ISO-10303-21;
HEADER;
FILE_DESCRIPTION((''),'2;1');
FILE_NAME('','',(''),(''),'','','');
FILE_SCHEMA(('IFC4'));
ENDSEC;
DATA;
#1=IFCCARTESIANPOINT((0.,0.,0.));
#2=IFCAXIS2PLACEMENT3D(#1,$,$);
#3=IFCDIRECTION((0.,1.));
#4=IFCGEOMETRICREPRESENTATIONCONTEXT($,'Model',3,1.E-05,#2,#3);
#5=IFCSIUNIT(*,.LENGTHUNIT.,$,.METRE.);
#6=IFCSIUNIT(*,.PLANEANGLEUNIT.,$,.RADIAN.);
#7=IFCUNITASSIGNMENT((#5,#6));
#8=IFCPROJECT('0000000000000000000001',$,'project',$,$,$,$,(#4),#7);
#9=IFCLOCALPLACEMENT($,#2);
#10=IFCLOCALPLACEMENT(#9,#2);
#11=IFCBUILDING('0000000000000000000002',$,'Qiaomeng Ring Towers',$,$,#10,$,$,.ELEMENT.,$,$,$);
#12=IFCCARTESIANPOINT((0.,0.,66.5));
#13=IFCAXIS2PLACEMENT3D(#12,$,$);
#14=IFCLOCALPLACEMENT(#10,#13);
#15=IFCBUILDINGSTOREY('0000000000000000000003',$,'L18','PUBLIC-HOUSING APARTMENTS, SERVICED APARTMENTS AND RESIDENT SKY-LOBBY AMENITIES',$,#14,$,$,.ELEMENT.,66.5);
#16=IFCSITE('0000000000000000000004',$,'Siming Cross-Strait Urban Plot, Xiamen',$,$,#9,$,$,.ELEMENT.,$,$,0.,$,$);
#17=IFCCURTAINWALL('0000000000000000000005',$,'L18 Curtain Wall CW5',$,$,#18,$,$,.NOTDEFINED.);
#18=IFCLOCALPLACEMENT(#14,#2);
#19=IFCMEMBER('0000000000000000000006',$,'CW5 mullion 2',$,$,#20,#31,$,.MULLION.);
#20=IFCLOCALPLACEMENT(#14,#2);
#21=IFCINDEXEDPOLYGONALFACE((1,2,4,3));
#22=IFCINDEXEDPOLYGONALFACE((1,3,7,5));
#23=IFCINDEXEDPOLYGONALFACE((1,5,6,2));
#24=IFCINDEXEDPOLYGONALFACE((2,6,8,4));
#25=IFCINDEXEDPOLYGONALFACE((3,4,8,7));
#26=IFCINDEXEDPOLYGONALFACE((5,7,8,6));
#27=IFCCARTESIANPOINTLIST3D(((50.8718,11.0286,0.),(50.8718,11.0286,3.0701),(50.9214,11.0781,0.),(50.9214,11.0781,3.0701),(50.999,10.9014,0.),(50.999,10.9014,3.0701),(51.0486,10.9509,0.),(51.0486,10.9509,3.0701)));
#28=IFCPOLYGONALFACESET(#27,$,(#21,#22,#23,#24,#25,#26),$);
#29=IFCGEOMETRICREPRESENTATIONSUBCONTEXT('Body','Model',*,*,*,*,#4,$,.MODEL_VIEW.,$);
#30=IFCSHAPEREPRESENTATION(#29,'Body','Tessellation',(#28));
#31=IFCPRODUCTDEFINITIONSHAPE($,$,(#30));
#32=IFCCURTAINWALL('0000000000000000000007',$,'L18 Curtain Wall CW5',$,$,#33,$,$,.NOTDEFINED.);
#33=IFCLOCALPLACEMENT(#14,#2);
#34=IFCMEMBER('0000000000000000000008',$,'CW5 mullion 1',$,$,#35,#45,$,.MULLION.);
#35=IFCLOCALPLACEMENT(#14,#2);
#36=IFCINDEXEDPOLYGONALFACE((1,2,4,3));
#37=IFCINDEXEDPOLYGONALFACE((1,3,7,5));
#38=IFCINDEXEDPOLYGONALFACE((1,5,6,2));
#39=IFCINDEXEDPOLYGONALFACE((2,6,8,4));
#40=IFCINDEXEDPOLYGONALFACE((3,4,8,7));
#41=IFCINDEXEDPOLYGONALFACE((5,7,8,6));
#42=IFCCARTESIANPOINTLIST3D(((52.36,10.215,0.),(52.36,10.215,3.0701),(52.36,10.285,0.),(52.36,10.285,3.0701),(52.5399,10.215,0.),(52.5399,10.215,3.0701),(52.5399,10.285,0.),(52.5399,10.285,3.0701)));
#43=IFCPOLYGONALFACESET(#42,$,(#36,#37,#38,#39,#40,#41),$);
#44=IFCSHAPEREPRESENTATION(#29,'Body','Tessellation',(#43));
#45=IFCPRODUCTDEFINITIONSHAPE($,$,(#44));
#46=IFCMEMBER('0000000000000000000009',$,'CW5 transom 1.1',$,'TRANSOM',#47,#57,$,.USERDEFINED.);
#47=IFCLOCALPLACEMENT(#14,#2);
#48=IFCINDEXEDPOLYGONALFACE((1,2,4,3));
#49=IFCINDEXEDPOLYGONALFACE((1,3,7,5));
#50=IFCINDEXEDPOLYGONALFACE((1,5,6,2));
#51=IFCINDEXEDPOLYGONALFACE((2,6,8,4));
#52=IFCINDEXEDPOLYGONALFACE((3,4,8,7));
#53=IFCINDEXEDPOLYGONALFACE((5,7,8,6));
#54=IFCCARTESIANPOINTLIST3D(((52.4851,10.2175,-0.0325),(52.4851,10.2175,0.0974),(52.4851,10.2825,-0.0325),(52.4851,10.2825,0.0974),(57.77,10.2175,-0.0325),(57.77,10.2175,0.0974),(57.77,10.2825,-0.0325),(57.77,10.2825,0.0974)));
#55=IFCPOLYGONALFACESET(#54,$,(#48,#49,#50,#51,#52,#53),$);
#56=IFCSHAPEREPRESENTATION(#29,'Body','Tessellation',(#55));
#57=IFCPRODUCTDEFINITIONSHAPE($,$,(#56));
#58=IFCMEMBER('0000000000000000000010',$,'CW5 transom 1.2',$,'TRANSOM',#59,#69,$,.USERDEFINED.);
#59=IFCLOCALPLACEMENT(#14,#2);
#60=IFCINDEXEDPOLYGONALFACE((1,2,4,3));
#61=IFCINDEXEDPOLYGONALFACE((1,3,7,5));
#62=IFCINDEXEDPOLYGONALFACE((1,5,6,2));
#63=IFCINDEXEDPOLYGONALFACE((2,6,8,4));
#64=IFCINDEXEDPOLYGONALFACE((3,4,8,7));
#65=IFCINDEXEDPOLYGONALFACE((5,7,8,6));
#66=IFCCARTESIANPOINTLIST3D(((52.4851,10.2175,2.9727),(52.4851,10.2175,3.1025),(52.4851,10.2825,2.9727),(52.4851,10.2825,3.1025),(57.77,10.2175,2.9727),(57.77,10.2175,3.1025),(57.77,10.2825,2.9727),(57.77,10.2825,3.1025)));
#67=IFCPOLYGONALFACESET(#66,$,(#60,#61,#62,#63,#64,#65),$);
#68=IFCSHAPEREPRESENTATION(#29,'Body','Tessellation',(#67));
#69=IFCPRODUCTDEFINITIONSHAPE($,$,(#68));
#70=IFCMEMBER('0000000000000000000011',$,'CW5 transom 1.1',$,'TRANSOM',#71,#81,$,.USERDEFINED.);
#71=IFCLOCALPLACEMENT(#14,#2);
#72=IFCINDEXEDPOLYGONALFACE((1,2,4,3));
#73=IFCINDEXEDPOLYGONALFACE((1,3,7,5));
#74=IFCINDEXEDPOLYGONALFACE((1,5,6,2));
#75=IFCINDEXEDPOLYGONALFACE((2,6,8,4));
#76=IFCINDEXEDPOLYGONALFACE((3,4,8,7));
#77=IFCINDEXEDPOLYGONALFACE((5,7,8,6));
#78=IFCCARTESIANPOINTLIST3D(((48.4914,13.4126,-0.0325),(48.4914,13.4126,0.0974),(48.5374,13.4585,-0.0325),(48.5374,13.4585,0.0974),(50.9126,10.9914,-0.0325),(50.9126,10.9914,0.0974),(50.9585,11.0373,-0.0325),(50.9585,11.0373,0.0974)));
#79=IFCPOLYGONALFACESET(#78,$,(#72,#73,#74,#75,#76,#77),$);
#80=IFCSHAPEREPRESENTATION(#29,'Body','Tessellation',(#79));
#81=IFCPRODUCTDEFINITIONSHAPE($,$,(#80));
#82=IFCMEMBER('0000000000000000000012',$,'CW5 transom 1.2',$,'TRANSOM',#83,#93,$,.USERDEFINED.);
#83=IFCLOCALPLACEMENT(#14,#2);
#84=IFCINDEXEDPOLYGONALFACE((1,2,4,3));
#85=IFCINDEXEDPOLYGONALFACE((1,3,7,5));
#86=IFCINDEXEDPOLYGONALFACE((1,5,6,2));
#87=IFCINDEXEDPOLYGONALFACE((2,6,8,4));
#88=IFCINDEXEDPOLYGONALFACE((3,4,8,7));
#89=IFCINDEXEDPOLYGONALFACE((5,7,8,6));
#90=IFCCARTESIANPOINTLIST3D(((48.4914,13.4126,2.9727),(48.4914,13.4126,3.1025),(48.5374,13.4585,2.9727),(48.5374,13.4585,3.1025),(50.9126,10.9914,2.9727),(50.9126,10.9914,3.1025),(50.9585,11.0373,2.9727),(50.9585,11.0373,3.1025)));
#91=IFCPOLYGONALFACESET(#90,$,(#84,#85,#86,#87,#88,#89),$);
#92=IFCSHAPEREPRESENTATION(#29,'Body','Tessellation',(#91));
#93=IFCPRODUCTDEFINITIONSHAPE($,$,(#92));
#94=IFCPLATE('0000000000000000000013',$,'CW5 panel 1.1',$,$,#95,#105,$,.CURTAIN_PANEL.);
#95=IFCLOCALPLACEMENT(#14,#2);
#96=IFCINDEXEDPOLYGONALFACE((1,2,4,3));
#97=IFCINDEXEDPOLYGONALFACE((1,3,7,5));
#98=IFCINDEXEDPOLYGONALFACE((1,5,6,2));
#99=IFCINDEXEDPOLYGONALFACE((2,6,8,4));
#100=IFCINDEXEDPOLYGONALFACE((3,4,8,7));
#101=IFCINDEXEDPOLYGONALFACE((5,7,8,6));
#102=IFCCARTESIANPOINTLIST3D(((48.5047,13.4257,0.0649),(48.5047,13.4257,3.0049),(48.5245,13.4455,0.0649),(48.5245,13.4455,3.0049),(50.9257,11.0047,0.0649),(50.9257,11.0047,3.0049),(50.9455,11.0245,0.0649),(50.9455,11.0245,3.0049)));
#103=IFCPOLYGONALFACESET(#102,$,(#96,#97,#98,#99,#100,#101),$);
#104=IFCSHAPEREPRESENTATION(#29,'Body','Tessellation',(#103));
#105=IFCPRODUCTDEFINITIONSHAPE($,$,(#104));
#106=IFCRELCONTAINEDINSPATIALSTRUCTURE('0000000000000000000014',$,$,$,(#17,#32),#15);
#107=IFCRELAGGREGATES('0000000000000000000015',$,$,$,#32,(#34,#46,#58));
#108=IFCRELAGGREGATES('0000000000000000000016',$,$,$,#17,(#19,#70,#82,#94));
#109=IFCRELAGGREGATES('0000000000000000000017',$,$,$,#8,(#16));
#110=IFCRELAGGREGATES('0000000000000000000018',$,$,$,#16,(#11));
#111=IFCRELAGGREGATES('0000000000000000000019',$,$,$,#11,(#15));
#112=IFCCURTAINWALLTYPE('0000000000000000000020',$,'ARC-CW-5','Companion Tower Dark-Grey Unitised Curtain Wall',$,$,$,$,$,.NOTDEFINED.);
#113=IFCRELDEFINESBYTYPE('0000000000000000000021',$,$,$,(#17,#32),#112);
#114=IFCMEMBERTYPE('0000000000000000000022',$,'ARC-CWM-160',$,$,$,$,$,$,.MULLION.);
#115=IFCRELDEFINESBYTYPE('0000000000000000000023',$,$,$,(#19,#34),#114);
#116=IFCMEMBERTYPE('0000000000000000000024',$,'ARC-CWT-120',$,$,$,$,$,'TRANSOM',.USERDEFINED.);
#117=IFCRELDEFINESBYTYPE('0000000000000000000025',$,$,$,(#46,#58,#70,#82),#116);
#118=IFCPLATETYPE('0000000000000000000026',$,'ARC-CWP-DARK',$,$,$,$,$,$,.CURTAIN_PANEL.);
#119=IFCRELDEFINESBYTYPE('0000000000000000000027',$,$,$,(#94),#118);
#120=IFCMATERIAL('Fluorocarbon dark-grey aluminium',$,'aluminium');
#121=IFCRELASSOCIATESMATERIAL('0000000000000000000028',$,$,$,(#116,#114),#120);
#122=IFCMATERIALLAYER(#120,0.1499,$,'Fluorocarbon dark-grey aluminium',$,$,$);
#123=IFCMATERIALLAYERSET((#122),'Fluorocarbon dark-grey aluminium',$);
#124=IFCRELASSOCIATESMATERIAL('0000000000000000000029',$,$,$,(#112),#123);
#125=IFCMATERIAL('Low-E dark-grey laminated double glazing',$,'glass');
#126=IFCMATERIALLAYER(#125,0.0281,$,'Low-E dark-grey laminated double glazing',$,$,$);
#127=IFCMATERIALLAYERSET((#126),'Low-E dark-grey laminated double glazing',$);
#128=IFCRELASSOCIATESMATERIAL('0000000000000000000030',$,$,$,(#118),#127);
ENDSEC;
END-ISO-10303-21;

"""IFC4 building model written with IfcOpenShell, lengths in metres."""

from ifc_helpers import new_model, si_unit, direction, frame, origin, origin_2d, place, context, subcontext, project, spatial, rectangle, extrude, source, transform, mapped, material, layer, layer_set, material_profile, profile_set, type_object, element, aggregate, save


model = new_model("IFC4")

# Units and contexts
model_context = context("Model", 3, precision=1e-05, world=origin(), true_north=direction((0.0, 1.0)))
body_context = subcontext(model_context, "Body", "Model", "MODEL_VIEW")
ifc_project = project(units=[si_unit("LENGTHUNIT", "METRE"), si_unit("PLANEANGLEUNIT", "RADIAN")], contexts=[model_context])

# Site, building, storey
site_placement = place(None, origin())
site = spatial("IfcSite", under=ifc_project, at=site_placement, Name="Siming Cross-Strait Urban Plot, Xiamen", CompositionType="ELEMENT", RefElevation=0.0)
building_placement = place(site_placement, origin())
building = spatial("IfcBuilding", under=site, at=building_placement, Name="Qiaomeng Ring Towers", CompositionType="ELEMENT")
storey_placement = place(building_placement, frame((0.0, 0.0, 66.5)))
storey = spatial("IfcBuildingStorey", under=building, at=storey_placement, Name="L18", Description="PUBLIC-HOUSING APARTMENTS, SERVICED APARTMENTS AND RESIDENT SKY-LOBBY AMENITIES", CompositionType="ELEMENT", Elevation=66.5)

# Curtain walls, members
ifc_material_1 = material(Name="Fluorocarbon dark-grey aluminium", Category="aluminium")
ifc_material_profile_1 = material_profile(ifc_material_1, rectangle(XDim=0.0649, YDim=0.1299, at=origin_2d()), Name="ALU TRAN 65x130")
ifc_profile_set_1 = profile_set([ifc_material_profile_1], Name="Fluorocarbon dark-grey aluminium")
member_type_1 = type_object("IfcMemberType", Name="ARC-CWT-120", ElementType="TRANSOM", PredefinedType="USERDEFINED", material=ifc_profile_set_1)
ifc_layer_1 = layer(ifc_material_1, 0.1499, Name="Fluorocarbon dark-grey aluminium")
ifc_layer_set_1 = layer_set([ifc_layer_1], Name="Fluorocarbon dark-grey aluminium")
curtain_wall_type_1 = type_object("IfcCurtainWallType", Name="ARC-CW-5", Description="Companion Tower Dark-Grey Unitised Curtain Wall", PredefinedType="NOTDEFINED", material=ifc_layer_set_1)
curtain_wall_1_placement = place(storey_placement, origin())
curtain_wall_1 = element("IfcCurtainWall", 1, at=curtain_wall_1_placement, inside=storey, type_object=curtain_wall_type_1, Name="L18 Curtain Wall CW5", PredefinedType="NOTDEFINED")
ifc_material_profile_2 = material_profile(ifc_material_1, rectangle(XDim=0.0701, YDim=0.1799, at=origin_2d()), Name="ALU MULL 70x180")
ifc_profile_set_2 = profile_set([ifc_material_profile_2], Name="Fluorocarbon dark-grey aluminium")
member_type_2 = type_object("IfcMemberType", Name="ARC-CWM-160", PredefinedType="MULLION", material=ifc_profile_set_2)
shared_shape_1 = source(origin(), body_context, "Body", "SweptSolid", [
    extrude(rectangle(XDim=0.0701, YDim=0.1799, at=origin_2d()), origin(), (0.0, 0.0, 1.0), 3.0701),
])
member_1_placement = place(storey_placement, frame((50.9602, 10.9897, 0.0), z_axis=(0.0, 0.0, 1.0), x_axis=(0.707107, 0.707107, 0.0)))
member_1 = element("IfcMember", 2, at=member_1_placement, type_object=member_type_2, Name="CW5 mullion 2", PredefinedType="MULLION", context=body_context, shape_type="MappedRepresentation", body=[
    mapped(shared_shape_1, transform((0.0, 0.0, 0.0), x_axis=(1.0, 0.0, 0.0), y_axis=(0.0, 1.0, 0.0), z_axis=(0.0, 0.0, 1.0), scale=1.0)),
])
curtain_wall_2_placement = place(storey_placement, origin())
curtain_wall_2 = element("IfcCurtainWall", 3, at=curtain_wall_2_placement, inside=storey, type_object=curtain_wall_type_1, Name="L18 Curtain Wall CW5", PredefinedType="NOTDEFINED")
member_2_placement = place(storey_placement, frame((52.45, 10.25, 0.0), z_axis=(0.0, 0.0, 1.0), x_axis=(0.0, 1.0, 0.0)))
member_2 = element("IfcMember", 4, at=member_2_placement, type_object=member_type_2, Name="CW5 mullion 1", PredefinedType="MULLION", context=body_context, shape_type="MappedRepresentation", body=[
    mapped(shared_shape_1, transform((0.0, 0.0, 0.0), x_axis=(1.0, 0.0, 0.0), y_axis=(0.0, 1.0, 0.0), z_axis=(0.0, 0.0, 1.0), scale=1.0)),
])
shared_shape_2 = source(origin(), body_context, "Body", "SweptSolid", [
    extrude(rectangle(XDim=0.0649, YDim=0.1299, at=origin_2d()), origin(), (0.0, 0.0, 1.0), 5.2849),
])
member_3_placement = place(storey_placement, frame((52.4851, 10.25, 0.0325), z_axis=(1.0, 0.0, 0.0), x_axis=(0.0, 1.0, 0.0)))
member_3 = element("IfcMember", 5, at=member_3_placement, type_object=member_type_1, Name="CW5 transom 1.1", ObjectType="TRANSOM", PredefinedType="USERDEFINED", context=body_context, shape_type="MappedRepresentation", body=[
    mapped(shared_shape_2, transform((0.0, 0.0, 0.0), x_axis=(1.0, 0.0, 0.0), y_axis=(0.0, 1.0, 0.0), z_axis=(0.0, 0.0, 1.0), scale=1.0)),
])
member_4_placement = place(storey_placement, frame((52.4851, 10.25, 3.0376), z_axis=(1.0, 0.0, 0.0), x_axis=(0.0, 1.0, 0.0)))
member_4 = element("IfcMember", 6, at=member_4_placement, type_object=member_type_1, Name="CW5 transom 1.2", ObjectType="TRANSOM", PredefinedType="USERDEFINED", context=body_context, shape_type="MappedRepresentation", body=[
    mapped(shared_shape_2, transform((0.0, 0.0, 0.0), x_axis=(1.0, 0.0, 0.0), y_axis=(0.0, 1.0, 0.0), z_axis=(0.0, 0.0, 1.0), scale=1.0)),
])
aggregate(curtain_wall_2, [member_2, member_3, member_4])

# Members
shared_shape_3 = source(origin(), body_context, "Body", "SweptSolid", [
    extrude(rectangle(XDim=0.0649, YDim=0.1299, at=origin_2d()), origin(), (0.0, 0.0, 1.0), 3.4241),
])
member_5_placement = place(storey_placement, frame((48.5144, 13.4355, 0.0325), z_axis=(0.707107, -0.707107, 0.0), x_axis=(0.707107, 0.707107, 0.0)))
member_5 = element("IfcMember", 7, at=member_5_placement, type_object=member_type_1, Name="CW5 transom 1.1", ObjectType="TRANSOM", PredefinedType="USERDEFINED", context=body_context, shape_type="MappedRepresentation", body=[
    mapped(shared_shape_3, transform((0.0, 0.0, 0.0), x_axis=(1.0, 0.0, 0.0), y_axis=(0.0, 1.0, 0.0), z_axis=(0.0, 0.0, 1.0), scale=1.0)),
])
member_6_placement = place(storey_placement, frame((48.5144, 13.4355, 3.0376), z_axis=(0.707107, -0.707107, 0.0), x_axis=(0.707107, 0.707107, 0.0)))
member_6 = element("IfcMember", 8, at=member_6_placement, type_object=member_type_1, Name="CW5 transom 1.2", ObjectType="TRANSOM", PredefinedType="USERDEFINED", context=body_context, shape_type="MappedRepresentation", body=[
    mapped(shared_shape_3, transform((0.0, 0.0, 0.0), x_axis=(1.0, 0.0, 0.0), y_axis=(0.0, 1.0, 0.0), z_axis=(0.0, 0.0, 1.0), scale=1.0)),
])

# Plate
ifc_material_2 = material(Name="Low-E dark-grey laminated double glazing", Category="glass")
ifc_layer_2 = layer(ifc_material_2, 0.0281, Name="Low-E dark-grey laminated double glazing")
ifc_layer_set_2 = layer_set([ifc_layer_2], Name="Low-E dark-grey laminated double glazing")
plate_type = type_object("IfcPlateType", Name="ARC-CWP-DARK", PredefinedType="CURTAIN_PANEL", material=ifc_layer_set_2)
shared_shape_4 = source(origin(), body_context, "Body", "SweptSolid", [
    extrude(rectangle(XDim=3.4238, YDim=0.0281, at=origin_2d()), origin(), (0.0, 0.0, 1.0), 2.9399),
])
plate_placement = place(storey_placement, frame((49.7251, 12.2251, 0.0649), z_axis=(0.0, 0.0, 1.0), x_axis=(0.707107, -0.707107, 0.0)))
plate = element("IfcPlate", 9, at=plate_placement, type_object=plate_type, Name="CW5 panel 1.1", PredefinedType="CURTAIN_PANEL", context=body_context, shape_type="MappedRepresentation", body=[
    mapped(shared_shape_4, transform((0.0, 0.0, 0.0), x_axis=(1.0, 0.0, 0.0), y_axis=(0.0, 1.0, 0.0), z_axis=(0.0, 0.0, 1.0), scale=1.0)),
])
aggregate(curtain_wall_1, [member_1, member_5, member_6, plate])

save(model, "model.ifc")
